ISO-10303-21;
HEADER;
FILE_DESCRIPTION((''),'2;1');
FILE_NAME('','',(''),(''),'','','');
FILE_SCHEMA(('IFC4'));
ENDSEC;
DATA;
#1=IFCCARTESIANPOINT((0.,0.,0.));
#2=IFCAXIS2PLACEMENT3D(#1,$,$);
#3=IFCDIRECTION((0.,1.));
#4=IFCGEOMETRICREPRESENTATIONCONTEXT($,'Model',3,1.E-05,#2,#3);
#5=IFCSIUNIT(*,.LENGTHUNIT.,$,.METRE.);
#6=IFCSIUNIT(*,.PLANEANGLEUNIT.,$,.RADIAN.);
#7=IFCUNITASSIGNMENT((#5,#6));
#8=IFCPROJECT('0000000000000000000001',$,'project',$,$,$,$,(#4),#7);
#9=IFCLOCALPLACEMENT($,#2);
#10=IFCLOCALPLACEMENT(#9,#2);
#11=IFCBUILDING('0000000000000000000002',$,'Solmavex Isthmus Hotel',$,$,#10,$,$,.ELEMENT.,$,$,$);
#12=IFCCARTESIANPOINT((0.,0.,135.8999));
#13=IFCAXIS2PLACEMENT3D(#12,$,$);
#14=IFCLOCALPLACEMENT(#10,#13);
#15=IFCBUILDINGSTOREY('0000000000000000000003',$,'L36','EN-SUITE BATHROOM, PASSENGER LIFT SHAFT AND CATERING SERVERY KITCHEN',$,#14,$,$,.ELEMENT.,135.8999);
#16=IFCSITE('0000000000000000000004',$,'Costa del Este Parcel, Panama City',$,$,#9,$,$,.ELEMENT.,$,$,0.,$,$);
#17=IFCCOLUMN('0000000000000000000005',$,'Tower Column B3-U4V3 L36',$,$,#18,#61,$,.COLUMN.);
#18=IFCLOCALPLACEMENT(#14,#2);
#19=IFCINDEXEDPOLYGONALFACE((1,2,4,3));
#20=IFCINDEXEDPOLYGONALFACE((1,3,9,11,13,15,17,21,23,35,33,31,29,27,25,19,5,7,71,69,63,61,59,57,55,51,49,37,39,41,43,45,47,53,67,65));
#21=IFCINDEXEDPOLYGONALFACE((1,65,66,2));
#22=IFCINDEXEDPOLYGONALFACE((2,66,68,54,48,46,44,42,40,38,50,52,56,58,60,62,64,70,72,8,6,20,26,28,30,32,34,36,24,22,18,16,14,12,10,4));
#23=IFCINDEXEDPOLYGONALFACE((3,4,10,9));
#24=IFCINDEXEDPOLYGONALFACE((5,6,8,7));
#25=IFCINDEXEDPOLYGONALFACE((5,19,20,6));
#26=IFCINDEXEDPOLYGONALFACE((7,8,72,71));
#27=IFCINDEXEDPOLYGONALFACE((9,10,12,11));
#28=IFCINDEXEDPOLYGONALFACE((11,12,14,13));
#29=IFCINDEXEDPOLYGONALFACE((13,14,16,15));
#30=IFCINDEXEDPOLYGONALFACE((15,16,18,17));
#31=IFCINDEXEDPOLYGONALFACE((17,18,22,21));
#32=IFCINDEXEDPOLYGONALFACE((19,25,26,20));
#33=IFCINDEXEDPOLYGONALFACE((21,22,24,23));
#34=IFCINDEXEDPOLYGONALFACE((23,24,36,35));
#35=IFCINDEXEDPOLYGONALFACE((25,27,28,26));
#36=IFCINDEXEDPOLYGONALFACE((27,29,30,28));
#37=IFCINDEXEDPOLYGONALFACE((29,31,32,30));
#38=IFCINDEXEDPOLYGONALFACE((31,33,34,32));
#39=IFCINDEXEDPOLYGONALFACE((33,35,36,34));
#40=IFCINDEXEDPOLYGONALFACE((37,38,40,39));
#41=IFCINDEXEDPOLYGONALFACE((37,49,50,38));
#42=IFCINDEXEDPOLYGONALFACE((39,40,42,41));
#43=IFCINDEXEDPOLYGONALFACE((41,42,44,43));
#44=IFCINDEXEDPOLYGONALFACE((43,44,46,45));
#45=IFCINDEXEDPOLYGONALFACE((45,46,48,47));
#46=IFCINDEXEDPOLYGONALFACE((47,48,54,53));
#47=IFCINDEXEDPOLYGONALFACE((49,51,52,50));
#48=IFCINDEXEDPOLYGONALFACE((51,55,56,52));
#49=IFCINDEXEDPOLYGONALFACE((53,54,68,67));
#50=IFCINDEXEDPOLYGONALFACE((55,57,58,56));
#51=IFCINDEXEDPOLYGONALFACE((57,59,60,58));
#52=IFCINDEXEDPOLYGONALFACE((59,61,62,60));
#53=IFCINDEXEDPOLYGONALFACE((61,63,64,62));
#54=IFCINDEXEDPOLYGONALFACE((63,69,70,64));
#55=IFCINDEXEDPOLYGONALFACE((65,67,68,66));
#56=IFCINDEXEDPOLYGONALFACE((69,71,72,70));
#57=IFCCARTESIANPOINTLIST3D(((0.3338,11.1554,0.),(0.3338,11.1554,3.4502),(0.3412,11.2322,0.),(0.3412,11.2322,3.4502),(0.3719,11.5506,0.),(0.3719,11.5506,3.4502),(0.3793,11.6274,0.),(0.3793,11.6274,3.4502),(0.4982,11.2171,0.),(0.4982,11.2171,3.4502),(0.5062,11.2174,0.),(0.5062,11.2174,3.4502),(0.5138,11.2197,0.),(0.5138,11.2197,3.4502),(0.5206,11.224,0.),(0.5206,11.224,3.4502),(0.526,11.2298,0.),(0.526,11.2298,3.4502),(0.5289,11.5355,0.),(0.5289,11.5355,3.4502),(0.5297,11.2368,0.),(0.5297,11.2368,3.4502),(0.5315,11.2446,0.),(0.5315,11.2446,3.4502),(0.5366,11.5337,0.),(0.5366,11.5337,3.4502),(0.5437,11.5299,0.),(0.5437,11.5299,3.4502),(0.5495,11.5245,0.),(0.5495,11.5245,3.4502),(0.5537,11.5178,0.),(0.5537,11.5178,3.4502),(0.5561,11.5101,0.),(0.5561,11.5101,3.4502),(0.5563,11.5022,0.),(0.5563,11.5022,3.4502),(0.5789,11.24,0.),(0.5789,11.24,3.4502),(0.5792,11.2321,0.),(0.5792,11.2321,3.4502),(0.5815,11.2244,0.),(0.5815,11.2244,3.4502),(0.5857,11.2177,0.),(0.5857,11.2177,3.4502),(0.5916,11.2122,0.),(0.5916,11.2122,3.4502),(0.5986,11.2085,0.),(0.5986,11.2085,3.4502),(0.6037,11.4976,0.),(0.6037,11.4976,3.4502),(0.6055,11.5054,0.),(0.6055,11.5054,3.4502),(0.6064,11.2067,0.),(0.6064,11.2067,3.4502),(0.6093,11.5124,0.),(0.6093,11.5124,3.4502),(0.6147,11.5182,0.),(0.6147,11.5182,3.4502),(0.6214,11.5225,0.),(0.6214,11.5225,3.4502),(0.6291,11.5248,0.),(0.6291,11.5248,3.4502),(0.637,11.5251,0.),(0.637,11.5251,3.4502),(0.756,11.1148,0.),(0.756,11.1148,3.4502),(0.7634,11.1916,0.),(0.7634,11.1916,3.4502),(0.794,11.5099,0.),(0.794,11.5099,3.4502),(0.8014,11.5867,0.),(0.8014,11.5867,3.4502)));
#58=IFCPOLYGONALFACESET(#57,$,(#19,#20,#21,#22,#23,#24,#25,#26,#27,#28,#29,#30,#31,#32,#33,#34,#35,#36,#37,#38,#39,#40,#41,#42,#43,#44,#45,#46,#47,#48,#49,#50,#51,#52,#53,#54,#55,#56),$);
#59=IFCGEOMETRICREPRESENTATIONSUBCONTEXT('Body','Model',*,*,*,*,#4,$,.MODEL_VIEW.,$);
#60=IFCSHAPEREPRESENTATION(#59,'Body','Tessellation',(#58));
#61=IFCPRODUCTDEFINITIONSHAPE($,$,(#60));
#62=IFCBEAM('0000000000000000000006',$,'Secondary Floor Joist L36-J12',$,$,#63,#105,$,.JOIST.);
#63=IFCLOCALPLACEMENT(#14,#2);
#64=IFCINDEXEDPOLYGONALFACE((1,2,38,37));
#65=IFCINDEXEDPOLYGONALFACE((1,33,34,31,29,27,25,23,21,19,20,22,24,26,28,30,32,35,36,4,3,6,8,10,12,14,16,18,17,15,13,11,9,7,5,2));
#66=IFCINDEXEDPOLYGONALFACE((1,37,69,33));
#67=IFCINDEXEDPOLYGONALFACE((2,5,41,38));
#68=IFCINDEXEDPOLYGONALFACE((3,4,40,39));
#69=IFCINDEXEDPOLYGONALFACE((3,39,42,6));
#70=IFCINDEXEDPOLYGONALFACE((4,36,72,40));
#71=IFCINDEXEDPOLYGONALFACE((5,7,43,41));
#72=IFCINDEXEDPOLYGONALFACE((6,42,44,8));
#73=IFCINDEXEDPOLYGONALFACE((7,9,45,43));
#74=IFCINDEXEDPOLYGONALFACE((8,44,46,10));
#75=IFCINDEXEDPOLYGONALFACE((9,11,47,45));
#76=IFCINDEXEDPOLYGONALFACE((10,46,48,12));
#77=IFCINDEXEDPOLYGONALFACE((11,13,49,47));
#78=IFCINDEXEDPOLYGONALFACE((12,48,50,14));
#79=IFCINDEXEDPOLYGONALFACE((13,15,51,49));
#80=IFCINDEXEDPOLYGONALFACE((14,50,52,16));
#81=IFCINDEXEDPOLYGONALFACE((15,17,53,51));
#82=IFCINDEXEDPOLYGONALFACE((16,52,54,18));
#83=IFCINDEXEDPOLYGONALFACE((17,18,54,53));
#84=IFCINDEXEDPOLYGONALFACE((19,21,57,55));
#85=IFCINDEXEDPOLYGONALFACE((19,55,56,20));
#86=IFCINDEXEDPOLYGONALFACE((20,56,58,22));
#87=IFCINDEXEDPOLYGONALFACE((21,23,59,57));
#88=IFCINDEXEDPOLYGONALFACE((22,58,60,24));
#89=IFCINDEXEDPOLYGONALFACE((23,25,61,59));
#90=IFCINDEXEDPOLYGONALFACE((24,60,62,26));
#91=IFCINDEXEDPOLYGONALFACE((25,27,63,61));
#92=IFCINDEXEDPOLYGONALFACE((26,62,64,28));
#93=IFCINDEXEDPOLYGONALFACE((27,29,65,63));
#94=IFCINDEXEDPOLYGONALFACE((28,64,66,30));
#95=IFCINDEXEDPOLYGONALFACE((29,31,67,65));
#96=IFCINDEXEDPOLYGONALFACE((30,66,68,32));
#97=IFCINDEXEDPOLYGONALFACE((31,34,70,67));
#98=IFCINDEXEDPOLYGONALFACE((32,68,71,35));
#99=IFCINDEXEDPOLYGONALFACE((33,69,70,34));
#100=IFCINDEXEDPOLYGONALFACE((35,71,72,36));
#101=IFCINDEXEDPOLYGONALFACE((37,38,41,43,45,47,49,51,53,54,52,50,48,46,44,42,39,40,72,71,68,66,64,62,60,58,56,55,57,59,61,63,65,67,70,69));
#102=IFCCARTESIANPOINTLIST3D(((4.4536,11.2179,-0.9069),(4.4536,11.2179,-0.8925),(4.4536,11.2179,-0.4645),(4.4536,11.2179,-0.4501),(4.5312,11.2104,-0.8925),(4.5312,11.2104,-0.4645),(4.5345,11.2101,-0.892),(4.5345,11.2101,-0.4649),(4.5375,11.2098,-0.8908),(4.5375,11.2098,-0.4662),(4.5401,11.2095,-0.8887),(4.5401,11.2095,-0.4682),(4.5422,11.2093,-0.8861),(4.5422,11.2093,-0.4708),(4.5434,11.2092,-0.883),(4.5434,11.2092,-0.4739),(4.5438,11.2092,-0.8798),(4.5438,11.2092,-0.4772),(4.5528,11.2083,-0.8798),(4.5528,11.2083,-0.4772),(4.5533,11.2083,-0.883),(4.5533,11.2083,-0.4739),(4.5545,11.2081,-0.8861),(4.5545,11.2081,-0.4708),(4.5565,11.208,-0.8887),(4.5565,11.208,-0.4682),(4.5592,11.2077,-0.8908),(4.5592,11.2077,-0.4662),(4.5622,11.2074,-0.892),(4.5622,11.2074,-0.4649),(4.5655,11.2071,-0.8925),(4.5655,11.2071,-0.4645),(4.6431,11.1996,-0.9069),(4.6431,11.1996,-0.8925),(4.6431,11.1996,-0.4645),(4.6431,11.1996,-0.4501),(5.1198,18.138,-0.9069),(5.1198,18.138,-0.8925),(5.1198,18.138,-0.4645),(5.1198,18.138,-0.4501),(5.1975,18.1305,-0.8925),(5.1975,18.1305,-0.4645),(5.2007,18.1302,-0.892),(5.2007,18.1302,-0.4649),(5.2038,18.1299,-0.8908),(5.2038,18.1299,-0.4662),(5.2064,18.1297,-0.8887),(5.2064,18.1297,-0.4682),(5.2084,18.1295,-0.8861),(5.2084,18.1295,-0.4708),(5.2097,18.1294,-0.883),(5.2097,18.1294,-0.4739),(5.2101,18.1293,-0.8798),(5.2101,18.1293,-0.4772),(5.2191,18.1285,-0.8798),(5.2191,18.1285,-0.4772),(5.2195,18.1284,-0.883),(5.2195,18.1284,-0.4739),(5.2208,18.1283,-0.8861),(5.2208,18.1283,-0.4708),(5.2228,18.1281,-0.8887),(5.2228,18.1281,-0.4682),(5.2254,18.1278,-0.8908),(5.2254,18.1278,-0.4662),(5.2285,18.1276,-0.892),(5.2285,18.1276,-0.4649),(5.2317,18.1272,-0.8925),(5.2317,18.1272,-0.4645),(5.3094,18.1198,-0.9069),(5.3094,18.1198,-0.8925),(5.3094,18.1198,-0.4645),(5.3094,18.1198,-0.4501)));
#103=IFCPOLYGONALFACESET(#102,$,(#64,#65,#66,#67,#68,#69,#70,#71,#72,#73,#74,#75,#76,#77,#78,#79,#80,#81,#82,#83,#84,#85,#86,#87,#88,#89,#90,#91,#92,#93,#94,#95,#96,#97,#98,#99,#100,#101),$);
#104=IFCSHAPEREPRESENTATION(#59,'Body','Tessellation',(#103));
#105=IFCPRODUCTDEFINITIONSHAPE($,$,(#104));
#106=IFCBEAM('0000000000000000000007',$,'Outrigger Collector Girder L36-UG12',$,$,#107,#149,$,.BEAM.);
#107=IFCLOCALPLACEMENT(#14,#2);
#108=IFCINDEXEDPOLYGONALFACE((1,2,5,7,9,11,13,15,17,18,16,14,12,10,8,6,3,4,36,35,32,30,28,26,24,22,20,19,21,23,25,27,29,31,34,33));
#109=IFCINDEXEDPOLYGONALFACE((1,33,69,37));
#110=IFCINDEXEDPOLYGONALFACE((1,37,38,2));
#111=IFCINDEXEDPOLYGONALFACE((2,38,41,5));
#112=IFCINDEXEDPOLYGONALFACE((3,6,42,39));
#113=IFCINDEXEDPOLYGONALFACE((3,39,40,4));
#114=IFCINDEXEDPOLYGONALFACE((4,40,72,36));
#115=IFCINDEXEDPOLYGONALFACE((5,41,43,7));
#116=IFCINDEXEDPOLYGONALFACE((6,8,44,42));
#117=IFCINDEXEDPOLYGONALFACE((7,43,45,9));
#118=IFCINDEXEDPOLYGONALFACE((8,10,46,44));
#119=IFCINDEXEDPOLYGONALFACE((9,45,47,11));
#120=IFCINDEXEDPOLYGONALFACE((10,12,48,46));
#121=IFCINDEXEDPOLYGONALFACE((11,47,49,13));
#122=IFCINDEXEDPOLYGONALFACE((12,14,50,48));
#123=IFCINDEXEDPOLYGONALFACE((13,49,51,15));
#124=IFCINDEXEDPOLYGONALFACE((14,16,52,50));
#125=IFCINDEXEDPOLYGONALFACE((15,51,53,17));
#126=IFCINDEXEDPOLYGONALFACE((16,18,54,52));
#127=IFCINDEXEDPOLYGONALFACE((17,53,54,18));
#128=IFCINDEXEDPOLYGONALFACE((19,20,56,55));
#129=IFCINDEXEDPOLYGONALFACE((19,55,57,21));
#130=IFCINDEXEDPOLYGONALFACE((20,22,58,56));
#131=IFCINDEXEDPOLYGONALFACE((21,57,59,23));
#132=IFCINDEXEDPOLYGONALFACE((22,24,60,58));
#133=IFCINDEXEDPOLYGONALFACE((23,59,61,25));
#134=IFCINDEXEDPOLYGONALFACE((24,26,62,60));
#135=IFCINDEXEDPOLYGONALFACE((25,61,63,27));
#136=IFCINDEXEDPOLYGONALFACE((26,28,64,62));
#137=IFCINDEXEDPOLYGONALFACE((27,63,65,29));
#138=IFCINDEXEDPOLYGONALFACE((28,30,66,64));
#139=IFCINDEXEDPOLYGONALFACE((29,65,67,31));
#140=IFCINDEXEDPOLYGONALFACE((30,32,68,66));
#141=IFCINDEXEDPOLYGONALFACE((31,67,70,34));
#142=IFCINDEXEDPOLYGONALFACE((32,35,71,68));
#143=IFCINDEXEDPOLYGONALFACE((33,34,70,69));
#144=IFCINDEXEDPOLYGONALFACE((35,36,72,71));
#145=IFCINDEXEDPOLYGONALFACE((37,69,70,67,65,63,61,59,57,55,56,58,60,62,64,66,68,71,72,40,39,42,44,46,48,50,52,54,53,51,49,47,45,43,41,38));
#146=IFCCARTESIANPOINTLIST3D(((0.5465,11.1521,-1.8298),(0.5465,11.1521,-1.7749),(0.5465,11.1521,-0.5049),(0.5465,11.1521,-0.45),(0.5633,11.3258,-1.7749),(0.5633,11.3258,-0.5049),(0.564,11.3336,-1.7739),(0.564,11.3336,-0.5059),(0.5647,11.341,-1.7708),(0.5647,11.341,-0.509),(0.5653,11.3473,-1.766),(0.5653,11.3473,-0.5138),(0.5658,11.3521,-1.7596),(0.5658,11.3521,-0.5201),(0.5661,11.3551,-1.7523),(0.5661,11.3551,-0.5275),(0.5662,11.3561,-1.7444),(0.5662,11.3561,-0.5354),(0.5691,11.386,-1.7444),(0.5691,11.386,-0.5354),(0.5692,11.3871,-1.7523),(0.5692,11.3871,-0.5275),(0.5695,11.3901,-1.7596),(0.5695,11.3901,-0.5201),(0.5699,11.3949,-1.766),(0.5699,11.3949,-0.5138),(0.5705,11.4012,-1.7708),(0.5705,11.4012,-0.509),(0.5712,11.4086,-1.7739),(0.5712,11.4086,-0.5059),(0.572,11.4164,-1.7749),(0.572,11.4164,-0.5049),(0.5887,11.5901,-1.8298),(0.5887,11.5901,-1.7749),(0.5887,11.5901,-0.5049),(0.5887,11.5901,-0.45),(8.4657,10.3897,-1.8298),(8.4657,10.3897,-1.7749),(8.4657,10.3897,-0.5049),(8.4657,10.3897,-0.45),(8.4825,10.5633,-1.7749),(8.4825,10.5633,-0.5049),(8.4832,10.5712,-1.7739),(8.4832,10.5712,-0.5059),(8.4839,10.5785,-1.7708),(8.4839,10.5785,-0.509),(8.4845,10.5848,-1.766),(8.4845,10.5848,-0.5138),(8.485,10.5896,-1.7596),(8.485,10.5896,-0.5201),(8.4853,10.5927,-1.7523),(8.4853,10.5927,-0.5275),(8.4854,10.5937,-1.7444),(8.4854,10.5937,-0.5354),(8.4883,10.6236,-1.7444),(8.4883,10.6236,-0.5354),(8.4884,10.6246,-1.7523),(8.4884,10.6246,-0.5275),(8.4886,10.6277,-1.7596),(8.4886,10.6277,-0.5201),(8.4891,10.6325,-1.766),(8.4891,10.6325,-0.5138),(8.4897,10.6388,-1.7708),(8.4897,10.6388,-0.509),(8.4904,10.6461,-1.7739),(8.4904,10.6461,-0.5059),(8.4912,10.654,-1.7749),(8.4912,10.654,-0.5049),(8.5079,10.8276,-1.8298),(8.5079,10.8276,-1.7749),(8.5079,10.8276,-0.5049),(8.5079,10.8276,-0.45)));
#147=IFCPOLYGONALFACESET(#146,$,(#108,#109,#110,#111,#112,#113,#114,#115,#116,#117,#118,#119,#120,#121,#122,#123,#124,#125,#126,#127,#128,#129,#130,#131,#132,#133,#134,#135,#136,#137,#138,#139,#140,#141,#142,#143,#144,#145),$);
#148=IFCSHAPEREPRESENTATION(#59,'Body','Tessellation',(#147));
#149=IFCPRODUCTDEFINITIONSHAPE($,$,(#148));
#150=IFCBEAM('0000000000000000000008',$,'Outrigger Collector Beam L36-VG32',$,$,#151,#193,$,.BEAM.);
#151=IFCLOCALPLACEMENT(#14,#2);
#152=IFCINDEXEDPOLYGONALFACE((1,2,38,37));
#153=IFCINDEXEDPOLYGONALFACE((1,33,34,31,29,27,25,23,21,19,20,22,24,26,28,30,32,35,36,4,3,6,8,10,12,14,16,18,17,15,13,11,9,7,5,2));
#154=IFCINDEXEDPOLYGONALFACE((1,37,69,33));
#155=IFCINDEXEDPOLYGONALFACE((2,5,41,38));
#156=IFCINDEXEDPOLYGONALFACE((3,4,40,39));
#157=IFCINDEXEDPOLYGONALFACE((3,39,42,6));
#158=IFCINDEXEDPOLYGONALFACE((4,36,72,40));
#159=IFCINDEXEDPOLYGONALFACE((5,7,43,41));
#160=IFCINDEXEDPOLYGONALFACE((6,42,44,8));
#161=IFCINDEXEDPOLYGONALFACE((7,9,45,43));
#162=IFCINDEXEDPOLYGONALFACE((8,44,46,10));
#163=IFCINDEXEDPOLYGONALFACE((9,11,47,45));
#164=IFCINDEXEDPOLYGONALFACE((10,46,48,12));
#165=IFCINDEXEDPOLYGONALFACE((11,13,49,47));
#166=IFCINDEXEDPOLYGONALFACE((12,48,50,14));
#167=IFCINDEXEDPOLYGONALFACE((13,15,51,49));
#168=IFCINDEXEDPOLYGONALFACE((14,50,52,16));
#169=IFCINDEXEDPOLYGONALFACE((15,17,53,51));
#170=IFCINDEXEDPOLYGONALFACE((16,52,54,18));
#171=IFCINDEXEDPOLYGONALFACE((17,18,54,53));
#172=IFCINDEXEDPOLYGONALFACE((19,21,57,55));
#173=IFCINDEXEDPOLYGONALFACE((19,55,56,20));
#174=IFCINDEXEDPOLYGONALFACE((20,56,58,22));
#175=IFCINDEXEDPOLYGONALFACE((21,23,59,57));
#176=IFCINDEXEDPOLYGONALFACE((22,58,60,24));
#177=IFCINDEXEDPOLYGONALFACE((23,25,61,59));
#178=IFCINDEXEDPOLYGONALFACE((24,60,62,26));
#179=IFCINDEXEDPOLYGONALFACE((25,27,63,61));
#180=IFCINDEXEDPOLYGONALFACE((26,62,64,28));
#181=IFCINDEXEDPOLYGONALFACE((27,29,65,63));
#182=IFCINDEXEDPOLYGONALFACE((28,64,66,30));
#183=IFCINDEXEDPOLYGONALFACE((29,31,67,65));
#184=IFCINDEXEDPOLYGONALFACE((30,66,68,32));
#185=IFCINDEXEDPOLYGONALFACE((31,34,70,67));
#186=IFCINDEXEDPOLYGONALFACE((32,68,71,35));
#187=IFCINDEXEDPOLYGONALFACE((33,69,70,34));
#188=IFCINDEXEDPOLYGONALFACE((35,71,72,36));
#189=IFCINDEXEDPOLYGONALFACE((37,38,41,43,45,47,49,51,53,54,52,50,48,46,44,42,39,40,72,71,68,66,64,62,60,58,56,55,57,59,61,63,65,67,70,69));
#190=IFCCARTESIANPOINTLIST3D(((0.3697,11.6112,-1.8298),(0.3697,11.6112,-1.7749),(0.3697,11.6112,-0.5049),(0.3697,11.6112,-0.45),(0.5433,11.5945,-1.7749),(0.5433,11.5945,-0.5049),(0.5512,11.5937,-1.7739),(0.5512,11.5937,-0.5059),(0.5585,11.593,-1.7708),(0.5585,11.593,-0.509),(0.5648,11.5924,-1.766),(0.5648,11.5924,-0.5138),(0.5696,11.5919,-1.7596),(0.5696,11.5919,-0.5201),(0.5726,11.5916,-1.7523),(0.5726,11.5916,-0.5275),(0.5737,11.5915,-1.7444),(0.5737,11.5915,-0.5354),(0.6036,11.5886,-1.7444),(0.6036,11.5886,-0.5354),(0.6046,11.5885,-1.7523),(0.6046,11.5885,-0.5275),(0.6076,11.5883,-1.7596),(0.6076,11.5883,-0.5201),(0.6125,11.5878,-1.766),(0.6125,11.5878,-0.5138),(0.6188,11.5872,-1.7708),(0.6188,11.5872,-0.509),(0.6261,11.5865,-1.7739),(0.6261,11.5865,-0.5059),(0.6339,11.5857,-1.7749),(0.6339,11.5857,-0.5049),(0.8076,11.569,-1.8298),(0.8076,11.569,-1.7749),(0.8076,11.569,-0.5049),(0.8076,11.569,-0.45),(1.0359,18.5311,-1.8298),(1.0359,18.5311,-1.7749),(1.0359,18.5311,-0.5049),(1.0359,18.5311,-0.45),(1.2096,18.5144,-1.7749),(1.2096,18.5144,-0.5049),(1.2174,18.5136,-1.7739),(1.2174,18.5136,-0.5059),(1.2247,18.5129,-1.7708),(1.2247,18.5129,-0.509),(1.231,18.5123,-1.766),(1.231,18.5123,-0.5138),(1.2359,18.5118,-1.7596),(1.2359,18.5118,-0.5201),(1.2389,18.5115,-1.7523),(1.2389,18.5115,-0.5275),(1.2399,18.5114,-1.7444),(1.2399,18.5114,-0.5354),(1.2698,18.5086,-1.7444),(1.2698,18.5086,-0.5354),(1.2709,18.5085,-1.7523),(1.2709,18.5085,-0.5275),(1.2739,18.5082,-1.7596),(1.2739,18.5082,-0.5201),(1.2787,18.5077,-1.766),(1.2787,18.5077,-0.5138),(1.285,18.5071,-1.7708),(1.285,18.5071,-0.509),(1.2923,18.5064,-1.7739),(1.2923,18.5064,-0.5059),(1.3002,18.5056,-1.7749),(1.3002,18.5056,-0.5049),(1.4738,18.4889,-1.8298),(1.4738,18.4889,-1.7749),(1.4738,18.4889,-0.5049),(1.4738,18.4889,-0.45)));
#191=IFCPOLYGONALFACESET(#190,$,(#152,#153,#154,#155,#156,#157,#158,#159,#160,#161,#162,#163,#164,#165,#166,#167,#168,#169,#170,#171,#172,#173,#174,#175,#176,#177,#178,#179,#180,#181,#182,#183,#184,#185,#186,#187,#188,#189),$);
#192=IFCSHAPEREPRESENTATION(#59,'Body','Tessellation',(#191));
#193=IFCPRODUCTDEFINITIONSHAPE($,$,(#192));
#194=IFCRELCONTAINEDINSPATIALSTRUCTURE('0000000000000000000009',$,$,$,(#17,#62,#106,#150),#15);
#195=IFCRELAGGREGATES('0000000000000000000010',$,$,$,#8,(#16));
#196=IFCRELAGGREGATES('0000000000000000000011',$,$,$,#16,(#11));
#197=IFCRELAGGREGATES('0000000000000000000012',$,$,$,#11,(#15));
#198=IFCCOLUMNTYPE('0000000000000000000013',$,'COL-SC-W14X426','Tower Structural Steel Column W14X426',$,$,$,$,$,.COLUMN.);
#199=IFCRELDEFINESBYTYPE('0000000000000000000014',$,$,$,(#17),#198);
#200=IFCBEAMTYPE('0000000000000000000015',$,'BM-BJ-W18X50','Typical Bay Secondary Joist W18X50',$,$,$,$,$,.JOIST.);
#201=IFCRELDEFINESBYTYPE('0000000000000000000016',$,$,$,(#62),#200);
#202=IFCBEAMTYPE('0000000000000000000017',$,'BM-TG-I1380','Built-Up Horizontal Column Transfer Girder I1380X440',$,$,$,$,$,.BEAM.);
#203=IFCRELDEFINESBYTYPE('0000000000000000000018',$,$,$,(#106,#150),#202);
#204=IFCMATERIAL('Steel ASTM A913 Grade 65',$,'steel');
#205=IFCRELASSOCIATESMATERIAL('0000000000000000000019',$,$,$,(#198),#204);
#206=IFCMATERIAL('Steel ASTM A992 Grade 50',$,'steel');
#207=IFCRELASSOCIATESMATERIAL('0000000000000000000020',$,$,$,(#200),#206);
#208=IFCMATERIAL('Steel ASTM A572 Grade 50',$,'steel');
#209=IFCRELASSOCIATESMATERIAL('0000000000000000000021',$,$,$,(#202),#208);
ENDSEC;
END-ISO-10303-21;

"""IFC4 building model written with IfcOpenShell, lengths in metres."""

from ifc_helpers import new_model, si_unit, direction, frame, origin, origin_2d, place, context, subcontext, project, spatial, i_section, extrude, material, material_profile, profile_set, type_object, element, save


model = new_model("IFC4")

# Units and contexts
model_context = context("Model", 3, precision=1e-05, world=origin(), true_north=direction((0.0, 1.0)))
body_context = subcontext(model_context, "Body", "Model", "MODEL_VIEW")
ifc_project = project(units=[si_unit("LENGTHUNIT", "METRE"), si_unit("PLANEANGLEUNIT", "RADIAN")], contexts=[model_context])

# Site, building, storey
site_placement = place(None, origin())
site = spatial("IfcSite", under=ifc_project, at=site_placement, Name="Costa del Este Parcel, Panama City", CompositionType="ELEMENT", RefElevation=0.0)
building_placement = place(site_placement, origin())
building = spatial("IfcBuilding", under=site, at=building_placement, Name="Solmavex Isthmus Hotel", CompositionType="ELEMENT")
storey_placement = place(building_placement, frame((0.0, 0.0, 135.8999)))
storey = spatial("IfcBuildingStorey", under=building, at=storey_placement, Name="L36", Description="EN-SUITE BATHROOM, PASSENGER LIFT SHAFT AND CATERING SERVERY KITCHEN", CompositionType="ELEMENT", Elevation=135.8999)

# Column
ifc_material_1 = material(Name="Steel ASTM A913 Grade 65", Category="steel")
ifc_material_profile_1 = material_profile(ifc_material_1, i_section(OverallWidth=0.4241, OverallDepth=0.4741, WebThickness=0.0476, FlangeThickness=0.0771, FilletRadius=0.0305, at=origin_2d()), Name="W14X426")
ifc_profile_set_1 = profile_set([ifc_material_profile_1], Name="Steel ASTM A913 Grade 65")
column_type = type_object("IfcColumnType", Name="COL-SC-W14X426", Description="Tower Structural Steel Column W14X426", PredefinedType="COLUMN", material=ifc_profile_set_1)
column_placement = place(storey_placement, frame((0.5676, 11.3711, 0.0), z_axis=(0.0, 0.0, 1.0), x_axis=(0.995396, -0.095846, 0.0)))
element("IfcColumn", 1, at=column_placement, inside=storey, type_object=column_type, Name="Tower Column B3-U4V3 L36", PredefinedType="COLUMN", context=body_context, shape_type="SweptSolid", body=[
    extrude(i_section(OverallWidth=0.4241, OverallDepth=0.4741, WebThickness=0.0476, FlangeThickness=0.0771, FilletRadius=0.0305, at=origin_2d()), origin(), (0.0, 0.0, 1.0), 3.4502),
])

# Beams
ifc_material_2 = material(Name="Steel ASTM A992 Grade 50", Category="steel")
ifc_material_profile_2 = material_profile(ifc_material_2, i_section(OverallWidth=0.1904, OverallDepth=0.4568, WebThickness=0.009, FlangeThickness=0.0144, FilletRadius=0.0127, at=origin_2d()), Name="W18X50")
ifc_profile_set_2 = profile_set([ifc_material_profile_2], Name="Steel ASTM A992 Grade 50")
beam_type_1 = type_object("IfcBeamType", Name="BM-BJ-W18X50", Description="Typical Bay Secondary Joist W18X50", PredefinedType="JOIST", material=ifc_profile_set_2)
beam_1_placement = place(storey_placement, frame((4.5483, 11.2087, -0.6785), z_axis=(0.095835, 0.995397, 0.0), x_axis=(-0.995397, 0.095835, 0.0)))
element("IfcBeam", 2, at=beam_1_placement, inside=storey, type_object=beam_type_1, Name="Secondary Floor Joist L36-J12", PredefinedType="JOIST", context=body_context, shape_type="SweptSolid", body=[
    extrude(i_section(OverallWidth=0.1904, OverallDepth=0.4568, WebThickness=0.009, FlangeThickness=0.0144, FilletRadius=0.0127, at=origin_2d()), origin(), (0.0, 0.0, 1.0), 6.9521),
])
ifc_material_3 = material(Name="Steel ASTM A572 Grade 50", Category="steel")
ifc_material_profile_3 = material_profile(ifc_material_3, i_section(OverallWidth=0.4399, OverallDepth=1.3799, WebThickness=0.03, FlangeThickness=0.0549, FilletRadius=0.0305, at=origin_2d()), Name="I1380X440")
ifc_profile_set_3 = profile_set([ifc_material_profile_3], Name="Steel ASTM A572 Grade 50")
beam_type_2 = type_object("IfcBeamType", Name="BM-TG-I1380", Description="Built-Up Horizontal Column Transfer Girder I1380X440", PredefinedType="BEAM", material=ifc_profile_set_3)
beam_2_placement = place(storey_placement, frame((0.5676, 11.3711, -1.1399), z_axis=(0.995397, -0.095836, 0.0), x_axis=(0.095836, 0.995397, 0.0)))
element("IfcBeam", 3, at=beam_2_placement, inside=storey, type_object=beam_type_2, Name="Outrigger Collector Girder L36-UG12", PredefinedType="BEAM", context=body_context, shape_type="SweptSolid", body=[
    extrude(i_section(OverallWidth=0.4399, OverallDepth=1.3799, WebThickness=0.03, FlangeThickness=0.0549, FilletRadius=0.0305, at=origin_2d()), origin(), (0.0, 0.0, 1.0), 7.9558),
])
beam_3_placement = place(storey_placement, frame((0.5886, 11.5901, -1.1399), z_axis=(0.095838, 0.995397, 0.0), x_axis=(-0.995397, 0.095838, 0.0)))
element("IfcBeam", 4, at=beam_3_placement, inside=storey, type_object=beam_type_2, Name="Outrigger Collector Beam L36-VG32", PredefinedType="BEAM", context=body_context, shape_type="SweptSolid", body=[
    extrude(i_section(OverallWidth=0.4399, OverallDepth=1.3799, WebThickness=0.03, FlangeThickness=0.0549, FilletRadius=0.0305, at=origin_2d()), origin(), (0.0, 0.0, 1.0), 6.9519),
])

save(model, "model.ifc")
